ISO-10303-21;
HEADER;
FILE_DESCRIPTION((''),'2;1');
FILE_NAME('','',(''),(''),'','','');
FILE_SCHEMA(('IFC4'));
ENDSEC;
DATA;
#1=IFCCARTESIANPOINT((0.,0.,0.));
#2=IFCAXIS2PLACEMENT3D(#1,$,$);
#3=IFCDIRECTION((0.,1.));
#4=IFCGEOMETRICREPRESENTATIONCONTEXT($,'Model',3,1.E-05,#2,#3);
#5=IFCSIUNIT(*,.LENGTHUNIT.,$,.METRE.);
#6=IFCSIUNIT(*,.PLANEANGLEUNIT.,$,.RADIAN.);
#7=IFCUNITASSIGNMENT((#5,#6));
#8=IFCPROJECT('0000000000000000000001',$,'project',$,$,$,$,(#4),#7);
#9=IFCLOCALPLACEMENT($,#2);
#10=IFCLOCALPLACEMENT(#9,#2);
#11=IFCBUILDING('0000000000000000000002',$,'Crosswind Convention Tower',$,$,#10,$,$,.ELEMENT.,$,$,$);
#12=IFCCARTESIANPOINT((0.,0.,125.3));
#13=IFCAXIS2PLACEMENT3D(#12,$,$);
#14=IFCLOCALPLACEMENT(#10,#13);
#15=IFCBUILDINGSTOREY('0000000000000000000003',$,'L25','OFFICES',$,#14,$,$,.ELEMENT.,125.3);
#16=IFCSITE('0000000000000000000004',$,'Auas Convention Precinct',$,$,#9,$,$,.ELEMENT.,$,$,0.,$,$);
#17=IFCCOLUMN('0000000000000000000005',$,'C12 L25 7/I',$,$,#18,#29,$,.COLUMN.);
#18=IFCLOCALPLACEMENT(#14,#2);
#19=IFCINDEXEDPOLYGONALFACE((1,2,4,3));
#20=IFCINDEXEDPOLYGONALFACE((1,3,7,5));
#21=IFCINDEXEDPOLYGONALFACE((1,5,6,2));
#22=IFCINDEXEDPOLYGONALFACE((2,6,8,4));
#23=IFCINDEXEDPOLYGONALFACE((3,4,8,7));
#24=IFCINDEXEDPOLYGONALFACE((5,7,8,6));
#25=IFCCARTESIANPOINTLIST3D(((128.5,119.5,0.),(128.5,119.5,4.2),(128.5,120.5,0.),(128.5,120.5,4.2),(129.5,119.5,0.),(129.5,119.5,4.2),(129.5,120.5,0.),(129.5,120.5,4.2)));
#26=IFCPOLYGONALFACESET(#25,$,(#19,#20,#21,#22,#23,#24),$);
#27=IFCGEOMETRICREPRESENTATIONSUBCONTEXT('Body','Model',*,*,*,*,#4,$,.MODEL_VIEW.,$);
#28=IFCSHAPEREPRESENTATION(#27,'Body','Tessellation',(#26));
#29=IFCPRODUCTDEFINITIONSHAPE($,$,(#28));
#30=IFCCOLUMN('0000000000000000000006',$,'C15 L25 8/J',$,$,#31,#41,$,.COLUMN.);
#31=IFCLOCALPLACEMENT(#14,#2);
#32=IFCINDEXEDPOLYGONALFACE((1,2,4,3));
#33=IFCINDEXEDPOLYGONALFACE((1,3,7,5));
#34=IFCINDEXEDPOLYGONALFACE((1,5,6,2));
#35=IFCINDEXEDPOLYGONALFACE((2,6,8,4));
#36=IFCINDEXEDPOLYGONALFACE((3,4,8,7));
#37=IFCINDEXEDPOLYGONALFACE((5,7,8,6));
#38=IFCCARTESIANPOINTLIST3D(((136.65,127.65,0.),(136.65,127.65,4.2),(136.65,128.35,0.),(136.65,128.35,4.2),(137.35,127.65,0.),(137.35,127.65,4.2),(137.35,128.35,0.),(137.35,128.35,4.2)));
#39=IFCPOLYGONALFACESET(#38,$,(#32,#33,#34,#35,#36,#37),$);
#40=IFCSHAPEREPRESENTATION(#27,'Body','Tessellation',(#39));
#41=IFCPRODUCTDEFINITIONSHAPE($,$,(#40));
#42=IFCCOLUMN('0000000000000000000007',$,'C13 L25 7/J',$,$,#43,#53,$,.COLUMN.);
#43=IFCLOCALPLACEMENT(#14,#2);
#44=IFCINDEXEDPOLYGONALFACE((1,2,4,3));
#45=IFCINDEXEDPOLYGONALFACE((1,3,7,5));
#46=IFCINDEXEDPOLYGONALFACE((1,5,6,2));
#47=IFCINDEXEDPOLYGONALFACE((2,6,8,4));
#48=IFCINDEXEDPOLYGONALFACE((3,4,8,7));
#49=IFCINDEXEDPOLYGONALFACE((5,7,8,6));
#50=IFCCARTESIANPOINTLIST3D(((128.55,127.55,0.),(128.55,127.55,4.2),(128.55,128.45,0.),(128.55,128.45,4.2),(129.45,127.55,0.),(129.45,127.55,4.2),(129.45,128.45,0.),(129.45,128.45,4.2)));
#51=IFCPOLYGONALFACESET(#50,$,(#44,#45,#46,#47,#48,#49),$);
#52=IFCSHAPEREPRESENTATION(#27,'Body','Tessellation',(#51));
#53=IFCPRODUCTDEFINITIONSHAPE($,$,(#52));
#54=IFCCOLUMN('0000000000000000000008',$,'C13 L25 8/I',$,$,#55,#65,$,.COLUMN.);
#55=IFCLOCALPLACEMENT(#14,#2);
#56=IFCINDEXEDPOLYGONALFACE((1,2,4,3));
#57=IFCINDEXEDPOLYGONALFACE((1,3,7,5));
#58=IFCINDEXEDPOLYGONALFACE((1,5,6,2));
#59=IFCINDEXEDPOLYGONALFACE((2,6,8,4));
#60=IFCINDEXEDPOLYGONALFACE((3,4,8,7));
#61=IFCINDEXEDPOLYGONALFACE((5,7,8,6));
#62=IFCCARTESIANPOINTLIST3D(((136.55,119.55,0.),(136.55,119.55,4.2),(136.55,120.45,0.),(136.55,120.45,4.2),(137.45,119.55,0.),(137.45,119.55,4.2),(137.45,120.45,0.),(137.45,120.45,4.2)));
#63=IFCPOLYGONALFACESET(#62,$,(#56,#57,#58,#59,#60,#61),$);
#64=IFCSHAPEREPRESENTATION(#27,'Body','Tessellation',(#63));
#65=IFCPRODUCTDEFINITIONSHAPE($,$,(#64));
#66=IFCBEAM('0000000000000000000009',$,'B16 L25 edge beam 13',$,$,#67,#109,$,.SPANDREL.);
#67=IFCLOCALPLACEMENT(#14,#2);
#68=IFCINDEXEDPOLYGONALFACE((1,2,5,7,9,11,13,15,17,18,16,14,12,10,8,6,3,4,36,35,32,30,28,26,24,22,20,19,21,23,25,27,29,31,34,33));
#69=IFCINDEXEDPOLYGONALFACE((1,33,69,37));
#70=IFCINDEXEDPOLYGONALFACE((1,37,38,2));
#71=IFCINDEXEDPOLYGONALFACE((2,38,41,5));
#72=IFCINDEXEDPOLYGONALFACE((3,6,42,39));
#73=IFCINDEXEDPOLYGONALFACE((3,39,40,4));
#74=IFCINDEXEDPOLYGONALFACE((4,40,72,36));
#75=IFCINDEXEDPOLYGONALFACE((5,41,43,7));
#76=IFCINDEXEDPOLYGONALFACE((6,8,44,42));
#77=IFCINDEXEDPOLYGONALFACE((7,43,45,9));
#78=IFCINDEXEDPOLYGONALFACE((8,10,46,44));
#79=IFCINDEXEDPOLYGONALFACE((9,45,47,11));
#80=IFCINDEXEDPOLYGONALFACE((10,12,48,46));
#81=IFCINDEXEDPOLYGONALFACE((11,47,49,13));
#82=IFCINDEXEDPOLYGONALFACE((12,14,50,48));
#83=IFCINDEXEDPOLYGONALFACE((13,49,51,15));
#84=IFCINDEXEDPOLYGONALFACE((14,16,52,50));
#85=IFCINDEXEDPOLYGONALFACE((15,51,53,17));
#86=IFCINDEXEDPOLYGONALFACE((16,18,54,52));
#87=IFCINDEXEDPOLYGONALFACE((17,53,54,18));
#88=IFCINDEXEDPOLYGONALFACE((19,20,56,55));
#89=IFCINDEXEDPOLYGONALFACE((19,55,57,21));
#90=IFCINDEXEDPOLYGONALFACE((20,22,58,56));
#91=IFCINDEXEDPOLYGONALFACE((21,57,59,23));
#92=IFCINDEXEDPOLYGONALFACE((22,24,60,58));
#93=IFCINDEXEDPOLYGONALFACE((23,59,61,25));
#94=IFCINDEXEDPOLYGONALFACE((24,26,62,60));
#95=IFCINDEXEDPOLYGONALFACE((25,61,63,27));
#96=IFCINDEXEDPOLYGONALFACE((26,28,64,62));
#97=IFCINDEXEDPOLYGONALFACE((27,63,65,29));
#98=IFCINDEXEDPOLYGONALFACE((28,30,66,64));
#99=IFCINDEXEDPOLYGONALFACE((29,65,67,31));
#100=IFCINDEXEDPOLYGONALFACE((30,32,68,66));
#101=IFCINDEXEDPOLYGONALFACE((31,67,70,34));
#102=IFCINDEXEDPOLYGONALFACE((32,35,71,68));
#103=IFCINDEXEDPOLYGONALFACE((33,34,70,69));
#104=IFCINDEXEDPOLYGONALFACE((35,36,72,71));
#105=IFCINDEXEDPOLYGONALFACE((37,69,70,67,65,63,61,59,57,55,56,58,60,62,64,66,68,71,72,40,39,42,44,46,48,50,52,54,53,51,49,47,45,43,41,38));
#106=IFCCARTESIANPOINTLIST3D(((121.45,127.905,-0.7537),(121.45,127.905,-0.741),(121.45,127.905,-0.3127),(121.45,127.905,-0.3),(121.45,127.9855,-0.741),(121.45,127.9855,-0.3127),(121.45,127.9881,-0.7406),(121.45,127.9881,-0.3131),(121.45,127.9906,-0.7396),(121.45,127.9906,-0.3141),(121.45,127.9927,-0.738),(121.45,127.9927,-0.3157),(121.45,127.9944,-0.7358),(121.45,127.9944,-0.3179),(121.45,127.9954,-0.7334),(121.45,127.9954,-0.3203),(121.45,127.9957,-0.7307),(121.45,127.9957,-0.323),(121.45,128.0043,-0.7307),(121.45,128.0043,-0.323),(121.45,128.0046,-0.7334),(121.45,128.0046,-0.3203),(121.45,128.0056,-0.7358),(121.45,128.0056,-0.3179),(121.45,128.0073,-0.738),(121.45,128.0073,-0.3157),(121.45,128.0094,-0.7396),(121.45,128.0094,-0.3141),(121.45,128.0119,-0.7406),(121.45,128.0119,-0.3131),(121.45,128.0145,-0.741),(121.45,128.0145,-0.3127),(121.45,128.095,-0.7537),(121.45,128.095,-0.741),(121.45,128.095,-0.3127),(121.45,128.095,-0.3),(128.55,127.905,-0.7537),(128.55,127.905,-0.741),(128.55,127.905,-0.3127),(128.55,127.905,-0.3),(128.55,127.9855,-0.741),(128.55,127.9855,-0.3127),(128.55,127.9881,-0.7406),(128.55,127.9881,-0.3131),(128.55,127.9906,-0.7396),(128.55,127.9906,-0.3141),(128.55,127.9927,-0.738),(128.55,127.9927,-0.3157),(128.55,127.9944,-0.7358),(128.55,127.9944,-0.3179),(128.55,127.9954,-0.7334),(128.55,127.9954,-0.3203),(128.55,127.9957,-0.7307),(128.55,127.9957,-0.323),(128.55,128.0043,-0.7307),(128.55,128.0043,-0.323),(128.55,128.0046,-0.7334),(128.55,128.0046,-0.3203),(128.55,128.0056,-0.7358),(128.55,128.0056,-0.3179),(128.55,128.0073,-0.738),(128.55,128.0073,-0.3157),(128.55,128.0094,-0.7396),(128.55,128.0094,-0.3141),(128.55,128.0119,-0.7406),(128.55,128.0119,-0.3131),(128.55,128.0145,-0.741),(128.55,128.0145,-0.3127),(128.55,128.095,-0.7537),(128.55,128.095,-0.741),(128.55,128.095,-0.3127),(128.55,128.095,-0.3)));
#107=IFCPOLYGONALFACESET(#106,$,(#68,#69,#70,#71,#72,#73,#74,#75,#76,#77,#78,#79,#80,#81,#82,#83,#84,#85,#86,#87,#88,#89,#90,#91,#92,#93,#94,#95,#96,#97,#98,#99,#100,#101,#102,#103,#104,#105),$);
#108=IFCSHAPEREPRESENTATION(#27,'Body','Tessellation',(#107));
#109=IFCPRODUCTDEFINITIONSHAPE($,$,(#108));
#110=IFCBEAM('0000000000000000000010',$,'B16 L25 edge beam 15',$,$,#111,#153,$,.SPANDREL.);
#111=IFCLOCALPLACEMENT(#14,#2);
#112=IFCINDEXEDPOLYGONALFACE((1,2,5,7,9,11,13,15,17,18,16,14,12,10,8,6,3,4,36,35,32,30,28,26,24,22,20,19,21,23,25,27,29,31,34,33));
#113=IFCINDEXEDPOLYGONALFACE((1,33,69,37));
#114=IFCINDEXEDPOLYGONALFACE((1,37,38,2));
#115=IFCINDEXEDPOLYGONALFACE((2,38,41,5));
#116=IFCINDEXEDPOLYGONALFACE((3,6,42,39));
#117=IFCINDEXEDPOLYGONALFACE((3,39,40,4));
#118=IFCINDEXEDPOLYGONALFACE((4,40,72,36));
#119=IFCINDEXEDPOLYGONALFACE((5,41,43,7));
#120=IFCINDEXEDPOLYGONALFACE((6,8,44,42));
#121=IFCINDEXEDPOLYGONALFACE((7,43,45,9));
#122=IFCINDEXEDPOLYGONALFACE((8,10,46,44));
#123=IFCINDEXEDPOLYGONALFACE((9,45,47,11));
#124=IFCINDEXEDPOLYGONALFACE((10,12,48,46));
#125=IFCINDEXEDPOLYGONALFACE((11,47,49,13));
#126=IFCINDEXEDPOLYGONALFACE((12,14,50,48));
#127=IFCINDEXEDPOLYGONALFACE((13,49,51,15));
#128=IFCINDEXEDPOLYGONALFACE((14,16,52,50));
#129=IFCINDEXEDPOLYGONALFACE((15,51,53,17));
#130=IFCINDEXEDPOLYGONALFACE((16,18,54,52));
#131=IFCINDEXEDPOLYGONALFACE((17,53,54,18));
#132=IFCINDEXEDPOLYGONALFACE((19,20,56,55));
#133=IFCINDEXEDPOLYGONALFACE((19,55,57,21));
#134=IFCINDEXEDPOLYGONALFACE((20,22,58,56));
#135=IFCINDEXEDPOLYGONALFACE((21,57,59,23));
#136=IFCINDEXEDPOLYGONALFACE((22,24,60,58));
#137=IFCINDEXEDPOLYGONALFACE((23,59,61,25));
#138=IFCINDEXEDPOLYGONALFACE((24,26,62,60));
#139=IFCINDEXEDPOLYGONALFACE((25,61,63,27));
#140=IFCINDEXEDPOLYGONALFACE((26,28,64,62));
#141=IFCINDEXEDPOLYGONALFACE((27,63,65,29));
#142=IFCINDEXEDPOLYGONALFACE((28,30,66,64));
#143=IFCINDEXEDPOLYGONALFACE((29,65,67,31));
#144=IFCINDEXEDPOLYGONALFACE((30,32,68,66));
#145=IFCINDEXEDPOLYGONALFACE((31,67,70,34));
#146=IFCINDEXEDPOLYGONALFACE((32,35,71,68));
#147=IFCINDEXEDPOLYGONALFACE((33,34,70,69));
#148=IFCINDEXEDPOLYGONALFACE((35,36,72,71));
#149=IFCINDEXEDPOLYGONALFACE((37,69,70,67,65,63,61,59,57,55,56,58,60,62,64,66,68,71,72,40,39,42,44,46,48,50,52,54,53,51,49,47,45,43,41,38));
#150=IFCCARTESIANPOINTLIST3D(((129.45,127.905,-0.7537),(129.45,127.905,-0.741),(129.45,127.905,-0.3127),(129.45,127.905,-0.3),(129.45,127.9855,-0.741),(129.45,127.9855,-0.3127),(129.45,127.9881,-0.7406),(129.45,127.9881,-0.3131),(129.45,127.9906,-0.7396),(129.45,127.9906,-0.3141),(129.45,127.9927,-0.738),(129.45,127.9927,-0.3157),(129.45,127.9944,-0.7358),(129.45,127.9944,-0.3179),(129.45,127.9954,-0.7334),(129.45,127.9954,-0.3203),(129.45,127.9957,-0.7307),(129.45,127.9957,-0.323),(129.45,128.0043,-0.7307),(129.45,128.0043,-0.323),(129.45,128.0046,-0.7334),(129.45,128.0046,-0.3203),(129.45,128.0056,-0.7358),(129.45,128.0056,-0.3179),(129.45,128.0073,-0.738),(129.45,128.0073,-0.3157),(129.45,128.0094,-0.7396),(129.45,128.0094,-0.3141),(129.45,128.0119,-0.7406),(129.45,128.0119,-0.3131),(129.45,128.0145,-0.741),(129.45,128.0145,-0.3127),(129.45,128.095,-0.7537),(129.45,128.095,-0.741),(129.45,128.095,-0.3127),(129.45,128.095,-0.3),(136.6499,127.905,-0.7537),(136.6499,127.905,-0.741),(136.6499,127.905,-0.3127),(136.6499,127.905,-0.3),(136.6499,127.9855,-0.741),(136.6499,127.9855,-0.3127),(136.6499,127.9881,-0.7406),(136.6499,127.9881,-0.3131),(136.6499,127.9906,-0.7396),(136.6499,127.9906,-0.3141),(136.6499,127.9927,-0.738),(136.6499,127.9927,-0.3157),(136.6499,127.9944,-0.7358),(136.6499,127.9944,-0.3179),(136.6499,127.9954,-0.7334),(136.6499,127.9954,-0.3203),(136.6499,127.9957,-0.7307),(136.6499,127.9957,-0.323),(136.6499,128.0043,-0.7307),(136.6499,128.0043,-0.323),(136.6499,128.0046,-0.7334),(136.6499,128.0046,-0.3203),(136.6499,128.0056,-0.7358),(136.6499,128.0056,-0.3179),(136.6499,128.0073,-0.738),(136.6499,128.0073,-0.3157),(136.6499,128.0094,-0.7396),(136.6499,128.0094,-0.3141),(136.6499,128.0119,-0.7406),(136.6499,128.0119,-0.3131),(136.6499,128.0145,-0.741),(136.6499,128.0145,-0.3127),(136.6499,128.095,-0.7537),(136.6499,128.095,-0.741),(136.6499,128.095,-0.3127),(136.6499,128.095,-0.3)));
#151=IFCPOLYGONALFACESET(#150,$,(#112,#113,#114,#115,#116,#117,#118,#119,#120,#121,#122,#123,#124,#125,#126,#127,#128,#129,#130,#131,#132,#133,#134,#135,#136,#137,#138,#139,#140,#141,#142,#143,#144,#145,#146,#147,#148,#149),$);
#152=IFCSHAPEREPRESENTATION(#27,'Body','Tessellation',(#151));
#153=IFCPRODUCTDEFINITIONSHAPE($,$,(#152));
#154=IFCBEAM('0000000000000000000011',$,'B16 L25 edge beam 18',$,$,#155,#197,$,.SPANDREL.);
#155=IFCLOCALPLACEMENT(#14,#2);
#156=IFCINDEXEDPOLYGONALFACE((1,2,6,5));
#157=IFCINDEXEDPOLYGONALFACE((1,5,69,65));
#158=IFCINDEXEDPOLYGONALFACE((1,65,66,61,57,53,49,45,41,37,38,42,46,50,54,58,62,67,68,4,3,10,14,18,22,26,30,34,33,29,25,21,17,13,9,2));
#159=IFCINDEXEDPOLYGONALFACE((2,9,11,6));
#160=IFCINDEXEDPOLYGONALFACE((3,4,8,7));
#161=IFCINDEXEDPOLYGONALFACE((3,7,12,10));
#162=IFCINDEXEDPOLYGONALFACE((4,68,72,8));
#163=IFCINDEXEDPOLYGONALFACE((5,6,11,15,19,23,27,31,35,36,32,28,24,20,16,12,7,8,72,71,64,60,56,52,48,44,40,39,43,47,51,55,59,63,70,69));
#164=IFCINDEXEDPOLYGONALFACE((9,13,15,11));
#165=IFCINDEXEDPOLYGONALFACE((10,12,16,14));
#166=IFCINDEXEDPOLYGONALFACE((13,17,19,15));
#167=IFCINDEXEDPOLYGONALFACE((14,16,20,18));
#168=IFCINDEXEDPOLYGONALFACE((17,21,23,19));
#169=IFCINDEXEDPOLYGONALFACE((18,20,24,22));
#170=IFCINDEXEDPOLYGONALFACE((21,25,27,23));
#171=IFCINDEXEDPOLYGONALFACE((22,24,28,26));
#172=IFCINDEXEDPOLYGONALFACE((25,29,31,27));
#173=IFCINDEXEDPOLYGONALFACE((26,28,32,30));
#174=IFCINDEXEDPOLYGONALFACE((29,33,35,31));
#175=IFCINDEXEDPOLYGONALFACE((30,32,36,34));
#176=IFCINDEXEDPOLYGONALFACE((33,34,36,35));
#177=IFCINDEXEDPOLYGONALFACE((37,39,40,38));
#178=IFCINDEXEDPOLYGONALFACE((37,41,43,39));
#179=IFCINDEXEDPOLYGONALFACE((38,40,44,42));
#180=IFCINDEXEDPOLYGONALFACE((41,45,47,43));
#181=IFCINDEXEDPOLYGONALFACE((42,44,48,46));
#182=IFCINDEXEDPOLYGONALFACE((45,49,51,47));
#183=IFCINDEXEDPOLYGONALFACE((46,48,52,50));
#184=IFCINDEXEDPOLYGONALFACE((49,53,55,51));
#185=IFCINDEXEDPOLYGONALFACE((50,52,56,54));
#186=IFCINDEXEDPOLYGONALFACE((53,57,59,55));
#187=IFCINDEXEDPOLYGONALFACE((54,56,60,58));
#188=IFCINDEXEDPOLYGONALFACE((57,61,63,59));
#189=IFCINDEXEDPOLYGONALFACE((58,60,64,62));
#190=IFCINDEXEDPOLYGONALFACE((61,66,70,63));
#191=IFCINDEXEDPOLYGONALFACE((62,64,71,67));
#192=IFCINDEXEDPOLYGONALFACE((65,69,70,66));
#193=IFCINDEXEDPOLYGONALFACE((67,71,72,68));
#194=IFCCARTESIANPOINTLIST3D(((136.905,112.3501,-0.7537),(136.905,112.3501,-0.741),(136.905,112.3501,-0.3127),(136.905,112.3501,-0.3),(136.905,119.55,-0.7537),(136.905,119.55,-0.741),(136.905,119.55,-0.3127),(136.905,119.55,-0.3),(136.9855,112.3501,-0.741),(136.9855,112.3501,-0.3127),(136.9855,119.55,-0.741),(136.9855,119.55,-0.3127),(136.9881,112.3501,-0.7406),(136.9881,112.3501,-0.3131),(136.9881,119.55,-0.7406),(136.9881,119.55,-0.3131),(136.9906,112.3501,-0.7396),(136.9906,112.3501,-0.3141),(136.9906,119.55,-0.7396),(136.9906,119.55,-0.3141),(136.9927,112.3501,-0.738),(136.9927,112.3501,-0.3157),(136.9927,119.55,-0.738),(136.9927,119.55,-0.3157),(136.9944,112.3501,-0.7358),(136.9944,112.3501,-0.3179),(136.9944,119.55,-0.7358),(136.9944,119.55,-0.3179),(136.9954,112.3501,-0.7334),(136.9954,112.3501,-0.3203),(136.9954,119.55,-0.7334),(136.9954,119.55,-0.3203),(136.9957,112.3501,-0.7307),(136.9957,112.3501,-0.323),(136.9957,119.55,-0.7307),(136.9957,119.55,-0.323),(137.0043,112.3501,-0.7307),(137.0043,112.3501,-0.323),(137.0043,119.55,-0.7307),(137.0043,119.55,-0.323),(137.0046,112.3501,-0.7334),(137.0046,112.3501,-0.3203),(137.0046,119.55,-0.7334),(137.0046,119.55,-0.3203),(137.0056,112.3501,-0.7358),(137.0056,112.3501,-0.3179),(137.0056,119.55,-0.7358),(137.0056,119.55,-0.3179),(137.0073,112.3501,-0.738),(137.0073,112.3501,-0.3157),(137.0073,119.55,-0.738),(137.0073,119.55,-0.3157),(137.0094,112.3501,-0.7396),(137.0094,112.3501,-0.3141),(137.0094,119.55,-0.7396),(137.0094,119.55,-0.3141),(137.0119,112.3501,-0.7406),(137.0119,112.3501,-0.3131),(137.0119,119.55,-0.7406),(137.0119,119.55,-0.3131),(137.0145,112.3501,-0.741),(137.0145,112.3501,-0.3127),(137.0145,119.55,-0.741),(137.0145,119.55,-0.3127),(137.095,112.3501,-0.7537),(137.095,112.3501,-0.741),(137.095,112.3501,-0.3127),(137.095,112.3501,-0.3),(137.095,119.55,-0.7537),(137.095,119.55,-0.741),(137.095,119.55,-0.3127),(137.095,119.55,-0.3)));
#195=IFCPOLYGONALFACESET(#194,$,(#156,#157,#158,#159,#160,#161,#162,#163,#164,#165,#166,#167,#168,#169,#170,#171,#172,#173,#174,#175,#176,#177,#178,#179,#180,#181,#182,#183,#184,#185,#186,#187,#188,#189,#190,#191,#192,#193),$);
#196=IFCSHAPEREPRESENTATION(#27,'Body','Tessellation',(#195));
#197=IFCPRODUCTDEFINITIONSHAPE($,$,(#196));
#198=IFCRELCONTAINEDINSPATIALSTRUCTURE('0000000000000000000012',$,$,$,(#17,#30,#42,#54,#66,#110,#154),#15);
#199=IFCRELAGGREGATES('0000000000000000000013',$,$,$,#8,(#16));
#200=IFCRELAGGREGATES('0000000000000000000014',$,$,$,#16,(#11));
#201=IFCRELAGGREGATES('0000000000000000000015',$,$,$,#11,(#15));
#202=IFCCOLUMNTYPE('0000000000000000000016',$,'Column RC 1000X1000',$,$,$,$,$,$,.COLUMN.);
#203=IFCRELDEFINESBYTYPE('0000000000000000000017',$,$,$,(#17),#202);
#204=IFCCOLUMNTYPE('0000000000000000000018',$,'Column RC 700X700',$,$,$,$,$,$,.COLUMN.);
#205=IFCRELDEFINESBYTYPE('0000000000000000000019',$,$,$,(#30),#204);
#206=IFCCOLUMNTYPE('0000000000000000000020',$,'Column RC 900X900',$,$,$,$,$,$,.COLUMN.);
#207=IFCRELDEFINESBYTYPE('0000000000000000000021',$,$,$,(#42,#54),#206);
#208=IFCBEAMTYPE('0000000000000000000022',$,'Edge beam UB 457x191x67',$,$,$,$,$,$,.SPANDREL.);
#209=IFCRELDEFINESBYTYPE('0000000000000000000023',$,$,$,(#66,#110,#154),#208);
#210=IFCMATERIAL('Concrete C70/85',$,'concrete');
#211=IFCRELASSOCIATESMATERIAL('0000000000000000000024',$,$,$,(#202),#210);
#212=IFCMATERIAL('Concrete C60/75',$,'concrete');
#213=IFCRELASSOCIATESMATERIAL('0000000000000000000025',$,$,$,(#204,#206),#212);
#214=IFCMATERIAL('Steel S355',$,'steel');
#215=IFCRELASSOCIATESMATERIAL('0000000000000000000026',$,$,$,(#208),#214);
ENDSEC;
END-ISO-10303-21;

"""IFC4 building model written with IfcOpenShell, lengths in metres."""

from ifc_helpers import new_model, si_unit, direction, frame, origin, origin_2d, place, context, subcontext, project, spatial, rectangle, i_section, extrude, material, material_profile, profile_set, type_object, element, save


model = new_model("IFC4")

# Units and contexts
model_context = context("Model", 3, precision=1e-05, world=origin(), true_north=direction((0.0, 1.0)))
body_context = subcontext(model_context, "Body", "Model", "MODEL_VIEW")
ifc_project = project(units=[si_unit("LENGTHUNIT", "METRE"), si_unit("PLANEANGLEUNIT", "RADIAN")], contexts=[model_context])

# Site, building, storey
site_placement = place(None, origin())
site = spatial("IfcSite", under=ifc_project, at=site_placement, Name="Auas Convention Precinct", CompositionType="ELEMENT", RefElevation=0.0)
building_placement = place(site_placement, origin())
building = spatial("IfcBuilding", under=site, at=building_placement, Name="Crosswind Convention Tower", CompositionType="ELEMENT")
storey_placement = place(building_placement, frame((0.0, 0.0, 125.3)))
storey = spatial("IfcBuildingStorey", under=building, at=storey_placement, Name="L25", Description="OFFICES", CompositionType="ELEMENT", Elevation=125.3)

# Columns
ifc_material_1 = material(Name="Concrete C70/85", Category="concrete")
ifc_material_profile_1 = material_profile(ifc_material_1, rectangle(XDim=1.0, YDim=1.0, at=origin_2d()), Name="RC 1000X1000")
ifc_profile_set_1 = profile_set([ifc_material_profile_1], Name="Concrete C70/85")
column_type_1 = type_object("IfcColumnType", Name="Column RC 1000X1000", PredefinedType="COLUMN", material=ifc_profile_set_1)
column_1_placement = place(storey_placement, frame((129.0, 120.0, 0.0), z_axis=(0.0, 0.0, 1.0), x_axis=(1.0, 0.0, 0.0)))
element("IfcColumn", 1, at=column_1_placement, inside=storey, type_object=column_type_1, Name="C12 L25 7/I", PredefinedType="COLUMN", context=body_context, shape_type="SweptSolid", body=[
    extrude(rectangle(XDim=1.0, YDim=1.0, at=origin_2d()), origin(), (0.0, 0.0, 1.0), 4.2),
])
ifc_material_2 = material(Name="Concrete C60/75", Category="concrete")
ifc_material_profile_2 = material_profile(ifc_material_2, rectangle(XDim=0.7, YDim=0.7, at=origin_2d()), Name="RC 700X700")
ifc_profile_set_2 = profile_set([ifc_material_profile_2], Name="Concrete C60/75")
column_type_2 = type_object("IfcColumnType", Name="Column RC 700X700", PredefinedType="COLUMN", material=ifc_profile_set_2)
column_2_placement = place(storey_placement, frame((137.0, 128.0, 0.0), z_axis=(0.0, 0.0, 1.0), x_axis=(1.0, 0.0, 0.0)))
element("IfcColumn", 2, at=column_2_placement, inside=storey, type_object=column_type_2, Name="C15 L25 8/J", PredefinedType="COLUMN", context=body_context, shape_type="SweptSolid", body=[
    extrude(rectangle(XDim=0.7, YDim=0.7, at=origin_2d()), origin(), (0.0, 0.0, 1.0), 4.2),
])
ifc_material_profile_3 = material_profile(ifc_material_2, rectangle(XDim=0.8999, YDim=0.8999, at=origin_2d()), Name="RC 900X900")
ifc_profile_set_3 = profile_set([ifc_material_profile_3], Name="Concrete C60/75")
column_type_3 = type_object("IfcColumnType", Name="Column RC 900X900", PredefinedType="COLUMN", material=ifc_profile_set_3)
for number, where, z_axis, x_axis, name in (
    (3, (129.0, 128.0, 0.0), (0.0, 0.0, 1.0), (1.0, 0.0, 0.0), "C13 L25 7/J"),
    (4, (137.0, 120.0, 0.0), (0.0, 0.0, 1.0), (1.0, 0.0, 0.0), "C13 L25 8/I"),
):
    element("IfcColumn", number, at=place(storey_placement, frame(where, z_axis=z_axis, x_axis=x_axis)), inside=storey, type_object=column_type_3, Name=name, PredefinedType="COLUMN", context=body_context, shape_type="SweptSolid", body=[
        extrude(rectangle(XDim=0.8999, YDim=0.8999, at=origin_2d()), origin(), (0.0, 0.0, 1.0), 4.2),
    ])

# Beams
ifc_material_3 = material(Name="Steel S355", Category="steel")
ifc_material_profile_4 = material_profile(ifc_material_3, i_section(OverallWidth=0.1899, OverallDepth=0.4536, WebThickness=0.0085, FlangeThickness=0.0127, FilletRadius=0.0103, at=origin_2d()), Name="UB 457x191x67")
ifc_profile_set_4 = profile_set([ifc_material_profile_4], Name="Steel S355")
beam_type_1 = type_object("IfcBeamType", Name="Edge beam UB 457x191x67", PredefinedType="SPANDREL", material=ifc_profile_set_4)
beam_placement = place(storey_placement, frame((121.45, 128.0, -0.5269), z_axis=(1.0, 0.0, 0.0), x_axis=(0.0, 1.0, 0.0)))
element("IfcBeam", 5, at=beam_placement, inside=storey, type_object=beam_type_1, Name="B16 L25 edge beam 13", PredefinedType="SPANDREL", context=body_context, shape_type="SweptSolid", body=[
    extrude(i_section(OverallWidth=0.1899, OverallDepth=0.4536, WebThickness=0.0085, FlangeThickness=0.0127, FilletRadius=0.0103, at=origin_2d()), origin(), (0.0, 0.0, 1.0), 7.1001),
])
for number, where, z_axis, x_axis, name in (
    (6, (129.45, 128.0, -0.5269), (1.0, 0.0, 0.0), (0.0, 1.0, 0.0), "B16 L25 edge beam 15"),
    (7, (137.0, 112.3501, -0.5269), (0.0, 1.0, 0.0), (-1.0, 0.0, 0.0), "B16 L25 edge beam 18"),
):
    element("IfcBeam", number, at=place(storey_placement, frame(where, z_axis=z_axis, x_axis=x_axis)), inside=storey, type_object=beam_type_1, Name=name, PredefinedType="SPANDREL", context=body_context, shape_type="SweptSolid", body=[
        extrude(i_section(OverallWidth=0.1899, OverallDepth=0.4536, WebThickness=0.0085, FlangeThickness=0.0127, FilletRadius=0.0103, at=origin_2d()), origin(), (0.0, 0.0, 1.0), 7.2),
    ])

save(model, "model.ifc")
